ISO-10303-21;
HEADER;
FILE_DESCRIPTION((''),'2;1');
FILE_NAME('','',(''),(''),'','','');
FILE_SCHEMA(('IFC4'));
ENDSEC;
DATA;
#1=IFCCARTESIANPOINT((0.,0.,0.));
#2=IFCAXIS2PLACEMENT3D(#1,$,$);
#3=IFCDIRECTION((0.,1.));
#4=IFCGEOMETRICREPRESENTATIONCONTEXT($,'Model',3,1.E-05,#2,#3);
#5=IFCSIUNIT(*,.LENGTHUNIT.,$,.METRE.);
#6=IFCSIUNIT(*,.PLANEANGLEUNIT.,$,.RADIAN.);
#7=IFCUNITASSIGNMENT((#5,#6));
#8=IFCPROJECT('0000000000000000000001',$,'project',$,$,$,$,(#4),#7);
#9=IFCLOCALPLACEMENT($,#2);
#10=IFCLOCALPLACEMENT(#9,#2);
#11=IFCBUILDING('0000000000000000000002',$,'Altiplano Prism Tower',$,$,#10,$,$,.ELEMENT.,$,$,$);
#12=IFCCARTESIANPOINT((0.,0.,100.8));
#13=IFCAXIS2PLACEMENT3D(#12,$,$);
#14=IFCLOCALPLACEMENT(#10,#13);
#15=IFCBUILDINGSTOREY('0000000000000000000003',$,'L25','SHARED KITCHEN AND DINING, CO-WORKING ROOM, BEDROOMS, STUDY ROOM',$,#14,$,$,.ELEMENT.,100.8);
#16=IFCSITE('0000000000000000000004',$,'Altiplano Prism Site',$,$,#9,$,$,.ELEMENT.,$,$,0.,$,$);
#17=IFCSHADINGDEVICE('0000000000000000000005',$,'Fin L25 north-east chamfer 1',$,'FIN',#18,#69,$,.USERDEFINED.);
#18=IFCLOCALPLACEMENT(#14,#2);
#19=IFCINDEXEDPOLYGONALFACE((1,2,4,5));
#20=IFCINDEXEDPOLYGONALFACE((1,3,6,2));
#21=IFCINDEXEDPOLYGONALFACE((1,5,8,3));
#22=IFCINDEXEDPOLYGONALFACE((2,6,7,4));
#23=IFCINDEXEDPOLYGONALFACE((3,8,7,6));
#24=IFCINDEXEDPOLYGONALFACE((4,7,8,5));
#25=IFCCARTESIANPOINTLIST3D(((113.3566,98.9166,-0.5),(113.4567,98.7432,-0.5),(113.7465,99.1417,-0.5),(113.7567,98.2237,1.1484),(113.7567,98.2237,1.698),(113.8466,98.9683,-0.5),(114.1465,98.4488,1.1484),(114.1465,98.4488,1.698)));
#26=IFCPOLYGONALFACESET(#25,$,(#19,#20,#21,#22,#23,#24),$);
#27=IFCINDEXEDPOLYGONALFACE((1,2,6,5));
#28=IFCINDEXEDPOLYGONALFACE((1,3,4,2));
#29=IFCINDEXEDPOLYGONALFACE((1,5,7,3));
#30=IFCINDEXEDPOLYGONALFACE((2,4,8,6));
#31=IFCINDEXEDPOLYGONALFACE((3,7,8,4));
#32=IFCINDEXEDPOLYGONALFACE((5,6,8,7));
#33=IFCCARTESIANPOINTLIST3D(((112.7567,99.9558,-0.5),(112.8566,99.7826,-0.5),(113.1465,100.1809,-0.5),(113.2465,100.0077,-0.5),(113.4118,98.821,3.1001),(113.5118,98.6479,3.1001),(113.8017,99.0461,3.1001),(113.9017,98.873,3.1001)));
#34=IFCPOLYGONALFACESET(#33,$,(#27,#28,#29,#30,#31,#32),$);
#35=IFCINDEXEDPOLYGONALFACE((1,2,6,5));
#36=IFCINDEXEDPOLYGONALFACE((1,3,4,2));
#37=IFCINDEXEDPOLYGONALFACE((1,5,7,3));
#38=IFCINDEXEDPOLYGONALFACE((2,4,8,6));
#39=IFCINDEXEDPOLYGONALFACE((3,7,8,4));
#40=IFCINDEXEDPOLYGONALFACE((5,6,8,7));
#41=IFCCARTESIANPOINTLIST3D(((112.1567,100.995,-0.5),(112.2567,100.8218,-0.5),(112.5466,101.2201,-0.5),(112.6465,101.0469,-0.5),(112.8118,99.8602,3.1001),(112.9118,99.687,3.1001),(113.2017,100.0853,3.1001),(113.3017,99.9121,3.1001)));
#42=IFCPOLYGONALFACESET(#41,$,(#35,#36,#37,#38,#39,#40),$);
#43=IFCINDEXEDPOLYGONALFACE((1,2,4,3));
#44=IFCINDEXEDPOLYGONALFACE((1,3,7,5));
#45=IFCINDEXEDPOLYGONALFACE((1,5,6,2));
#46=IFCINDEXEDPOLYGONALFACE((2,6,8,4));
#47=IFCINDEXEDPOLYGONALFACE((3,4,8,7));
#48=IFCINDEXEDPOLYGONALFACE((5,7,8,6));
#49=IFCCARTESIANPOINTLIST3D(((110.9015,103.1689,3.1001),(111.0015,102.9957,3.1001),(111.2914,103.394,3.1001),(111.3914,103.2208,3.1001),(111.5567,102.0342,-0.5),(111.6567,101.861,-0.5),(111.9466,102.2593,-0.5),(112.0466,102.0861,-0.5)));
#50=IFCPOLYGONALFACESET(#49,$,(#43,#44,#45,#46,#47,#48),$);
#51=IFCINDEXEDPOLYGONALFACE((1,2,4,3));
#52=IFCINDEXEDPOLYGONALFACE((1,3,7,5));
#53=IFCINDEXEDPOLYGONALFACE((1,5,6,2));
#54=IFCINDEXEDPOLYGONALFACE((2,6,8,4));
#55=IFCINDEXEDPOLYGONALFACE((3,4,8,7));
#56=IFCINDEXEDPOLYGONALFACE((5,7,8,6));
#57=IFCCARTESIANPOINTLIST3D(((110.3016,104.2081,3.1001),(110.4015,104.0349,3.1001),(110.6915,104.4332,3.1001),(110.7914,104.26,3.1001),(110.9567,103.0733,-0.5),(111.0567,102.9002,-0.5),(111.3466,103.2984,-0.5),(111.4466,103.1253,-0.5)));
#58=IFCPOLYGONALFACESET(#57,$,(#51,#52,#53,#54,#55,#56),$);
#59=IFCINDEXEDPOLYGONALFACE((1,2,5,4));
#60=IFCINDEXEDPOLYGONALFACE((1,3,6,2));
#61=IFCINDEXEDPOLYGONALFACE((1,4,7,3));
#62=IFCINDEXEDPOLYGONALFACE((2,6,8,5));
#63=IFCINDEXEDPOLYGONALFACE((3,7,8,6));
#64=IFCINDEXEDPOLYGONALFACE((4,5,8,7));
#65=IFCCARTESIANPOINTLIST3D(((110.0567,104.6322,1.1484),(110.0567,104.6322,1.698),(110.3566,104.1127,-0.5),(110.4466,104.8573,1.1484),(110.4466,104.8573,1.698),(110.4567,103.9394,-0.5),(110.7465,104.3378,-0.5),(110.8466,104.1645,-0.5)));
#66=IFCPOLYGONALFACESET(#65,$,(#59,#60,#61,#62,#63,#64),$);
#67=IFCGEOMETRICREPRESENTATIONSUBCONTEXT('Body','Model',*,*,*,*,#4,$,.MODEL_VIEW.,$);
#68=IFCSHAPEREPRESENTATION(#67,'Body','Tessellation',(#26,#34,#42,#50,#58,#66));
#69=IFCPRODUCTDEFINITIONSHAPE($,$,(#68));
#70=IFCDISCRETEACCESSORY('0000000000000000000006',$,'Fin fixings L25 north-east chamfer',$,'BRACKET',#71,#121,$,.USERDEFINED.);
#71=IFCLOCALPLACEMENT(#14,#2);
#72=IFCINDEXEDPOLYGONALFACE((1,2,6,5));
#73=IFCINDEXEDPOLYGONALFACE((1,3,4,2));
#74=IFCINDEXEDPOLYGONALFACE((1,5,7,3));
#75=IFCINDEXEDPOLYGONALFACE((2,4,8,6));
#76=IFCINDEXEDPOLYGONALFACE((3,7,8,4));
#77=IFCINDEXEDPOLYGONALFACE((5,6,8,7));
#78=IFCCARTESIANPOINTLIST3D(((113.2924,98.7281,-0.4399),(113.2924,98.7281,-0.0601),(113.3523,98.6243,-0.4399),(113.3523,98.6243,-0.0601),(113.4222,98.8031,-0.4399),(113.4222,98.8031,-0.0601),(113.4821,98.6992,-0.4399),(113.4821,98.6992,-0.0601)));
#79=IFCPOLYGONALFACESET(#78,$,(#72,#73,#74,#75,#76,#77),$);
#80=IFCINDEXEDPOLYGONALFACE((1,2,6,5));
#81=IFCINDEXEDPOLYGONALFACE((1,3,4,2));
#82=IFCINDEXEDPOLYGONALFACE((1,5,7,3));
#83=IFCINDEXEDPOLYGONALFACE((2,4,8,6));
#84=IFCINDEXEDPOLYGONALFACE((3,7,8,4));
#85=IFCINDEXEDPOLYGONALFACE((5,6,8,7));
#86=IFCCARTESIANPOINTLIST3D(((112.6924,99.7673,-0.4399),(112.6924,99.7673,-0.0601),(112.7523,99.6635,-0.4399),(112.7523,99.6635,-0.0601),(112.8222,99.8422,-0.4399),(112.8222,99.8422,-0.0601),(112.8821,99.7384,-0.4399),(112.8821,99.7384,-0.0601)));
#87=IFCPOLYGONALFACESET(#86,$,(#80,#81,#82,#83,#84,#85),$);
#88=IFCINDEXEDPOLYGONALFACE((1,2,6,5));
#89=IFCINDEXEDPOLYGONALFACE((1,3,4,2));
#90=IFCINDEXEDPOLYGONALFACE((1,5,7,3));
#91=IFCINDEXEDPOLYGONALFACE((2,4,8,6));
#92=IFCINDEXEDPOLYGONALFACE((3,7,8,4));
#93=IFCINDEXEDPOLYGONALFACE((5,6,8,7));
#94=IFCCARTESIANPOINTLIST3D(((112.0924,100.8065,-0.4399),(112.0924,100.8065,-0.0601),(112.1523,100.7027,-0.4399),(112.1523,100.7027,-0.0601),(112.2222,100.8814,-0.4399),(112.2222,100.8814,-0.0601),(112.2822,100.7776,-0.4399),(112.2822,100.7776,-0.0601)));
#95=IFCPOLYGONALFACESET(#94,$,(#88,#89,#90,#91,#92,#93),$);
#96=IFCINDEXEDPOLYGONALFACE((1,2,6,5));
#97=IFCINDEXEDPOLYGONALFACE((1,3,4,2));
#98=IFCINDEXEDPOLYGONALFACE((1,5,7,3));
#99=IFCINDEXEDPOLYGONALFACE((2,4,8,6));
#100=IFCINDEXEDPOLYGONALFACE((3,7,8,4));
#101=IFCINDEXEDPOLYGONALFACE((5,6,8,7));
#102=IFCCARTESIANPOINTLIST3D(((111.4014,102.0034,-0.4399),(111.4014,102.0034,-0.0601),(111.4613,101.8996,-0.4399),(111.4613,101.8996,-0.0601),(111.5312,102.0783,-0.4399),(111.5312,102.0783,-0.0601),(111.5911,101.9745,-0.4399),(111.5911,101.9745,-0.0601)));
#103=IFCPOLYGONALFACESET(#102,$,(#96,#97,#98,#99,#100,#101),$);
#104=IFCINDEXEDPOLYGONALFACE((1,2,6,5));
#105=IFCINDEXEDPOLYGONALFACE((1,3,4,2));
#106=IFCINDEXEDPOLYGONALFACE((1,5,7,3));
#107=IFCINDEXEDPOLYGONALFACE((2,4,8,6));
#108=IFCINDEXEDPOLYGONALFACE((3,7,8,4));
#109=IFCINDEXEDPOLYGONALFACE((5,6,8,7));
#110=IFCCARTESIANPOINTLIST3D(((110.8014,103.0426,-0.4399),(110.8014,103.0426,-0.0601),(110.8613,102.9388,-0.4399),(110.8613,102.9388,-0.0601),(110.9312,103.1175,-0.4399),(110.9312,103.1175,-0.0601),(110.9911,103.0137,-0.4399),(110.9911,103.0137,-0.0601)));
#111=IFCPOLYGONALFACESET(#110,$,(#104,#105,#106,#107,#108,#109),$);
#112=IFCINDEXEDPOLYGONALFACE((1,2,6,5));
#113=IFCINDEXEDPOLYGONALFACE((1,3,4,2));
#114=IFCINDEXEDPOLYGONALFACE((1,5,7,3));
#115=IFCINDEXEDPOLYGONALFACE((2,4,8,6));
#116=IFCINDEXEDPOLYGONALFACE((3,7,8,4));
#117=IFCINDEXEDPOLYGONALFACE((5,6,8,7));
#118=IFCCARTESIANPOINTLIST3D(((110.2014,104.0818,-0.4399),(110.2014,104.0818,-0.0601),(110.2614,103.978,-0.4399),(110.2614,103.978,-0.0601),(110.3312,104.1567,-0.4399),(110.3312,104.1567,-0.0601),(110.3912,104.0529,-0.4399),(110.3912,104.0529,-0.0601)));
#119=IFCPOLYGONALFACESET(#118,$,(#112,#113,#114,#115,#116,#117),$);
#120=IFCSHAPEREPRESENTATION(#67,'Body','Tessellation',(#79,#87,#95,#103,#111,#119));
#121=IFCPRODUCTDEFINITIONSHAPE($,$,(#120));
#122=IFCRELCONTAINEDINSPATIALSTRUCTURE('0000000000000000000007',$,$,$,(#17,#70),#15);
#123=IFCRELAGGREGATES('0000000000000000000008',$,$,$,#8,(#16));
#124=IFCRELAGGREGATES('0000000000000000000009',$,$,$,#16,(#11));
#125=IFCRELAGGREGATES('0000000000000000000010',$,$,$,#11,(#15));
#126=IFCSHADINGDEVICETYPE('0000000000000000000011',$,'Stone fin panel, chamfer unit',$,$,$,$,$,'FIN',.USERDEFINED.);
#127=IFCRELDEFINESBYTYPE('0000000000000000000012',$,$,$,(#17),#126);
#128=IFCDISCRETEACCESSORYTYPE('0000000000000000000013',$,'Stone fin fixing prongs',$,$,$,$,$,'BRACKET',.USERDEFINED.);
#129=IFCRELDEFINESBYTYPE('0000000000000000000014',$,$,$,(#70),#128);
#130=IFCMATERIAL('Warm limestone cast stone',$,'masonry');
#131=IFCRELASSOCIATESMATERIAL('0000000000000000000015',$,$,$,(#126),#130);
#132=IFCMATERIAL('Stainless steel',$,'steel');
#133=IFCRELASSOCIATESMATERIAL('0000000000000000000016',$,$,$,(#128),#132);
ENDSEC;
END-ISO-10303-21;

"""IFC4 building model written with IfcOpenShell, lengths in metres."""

from ifc_helpers import new_model, si_unit, direction, frame, origin, place, context, subcontext, project, spatial, polyline, outline, extrude, source, transform, mapped, material, type_object, element, save


model = new_model("IFC4")

# Units and contexts
model_context = context("Model", 3, precision=1e-05, world=origin(), true_north=direction((0.0, 1.0)))
body_context = subcontext(model_context, "Body", "Model", "MODEL_VIEW")
ifc_project = project(units=[si_unit("LENGTHUNIT", "METRE"), si_unit("PLANEANGLEUNIT", "RADIAN")], contexts=[model_context])

# Site, building, storey
site_placement = place(None, origin())
site = spatial("IfcSite", under=ifc_project, at=site_placement, Name="Altiplano Prism Site", CompositionType="ELEMENT", RefElevation=0.0)
building_placement = place(site_placement, origin())
building = spatial("IfcBuilding", under=site, at=building_placement, Name="Altiplano Prism Tower", CompositionType="ELEMENT")
storey_placement = place(building_placement, frame((0.0, 0.0, 100.8)))
storey = spatial("IfcBuildingStorey", under=building, at=storey_placement, Name="L25", Description="SHARED KITCHEN AND DINING, CO-WORKING ROOM, BEDROOMS, STUDY ROOM", CompositionType="ELEMENT", Elevation=100.8)

# Shading device
ifc_material_1 = material(Name="Warm limestone cast stone", Category="masonry")
shading_device_type_1 = type_object("IfcShadingDeviceType", Name="Stone fin panel, chamfer unit", ElementType="FIN", PredefinedType="USERDEFINED", material=ifc_material_1)
shared_shape_1 = source(origin(), body_context, "Body", "SweptSolid", [
    extrude(outline(polyline([(-3.7, 2.198), (-3.7, 1.6484), (-3.1001, 0.0), (-2.8999, 0.0), (-3.7, 2.198)])), frame((0.0, -0.1499, 0.0), z_axis=(0.0, -1.0, 0.0), x_axis=(1.0, 0.0, 0.0)), (0.0, 0.0, 1.0), 0.4502),
    extrude(outline(polyline([(-3.2102, 3.6001), (-1.8999, 0.0), (-1.7, 0.0), (-3.0103, 3.6001), (-3.2102, 3.6001)])), frame((0.0, -0.1499, 0.0), z_axis=(0.0, -1.0, 0.0), x_axis=(1.0, 0.0, 0.0)), (0.0, 0.0, 1.0), 0.4502),
    extrude(outline(polyline([(-2.0103, 3.6001), (-0.7, 0.0), (-0.5, 0.0), (-1.8103, 3.6001), (-2.0103, 3.6001)])), frame((0.0, -0.1499, 0.0), z_axis=(0.0, -1.0, 0.0), x_axis=(1.0, 0.0, 0.0)), (0.0, 0.0, 1.0), 0.4502),
    extrude(outline(polyline([(1.8103, 3.6001), (0.5, 0.0), (0.7, 0.0), (2.0103, 3.6001), (1.8103, 3.6001)])), frame((0.0, -0.1499, 0.0), z_axis=(0.0, -1.0, 0.0), x_axis=(1.0, 0.0, 0.0)), (0.0, 0.0, 1.0), 0.4502),
    extrude(outline(polyline([(3.0103, 3.6001), (1.7, 0.0), (1.8999, 0.0), (3.2102, 3.6001), (3.0103, 3.6001)])), frame((0.0, -0.1499, 0.0), z_axis=(0.0, -1.0, 0.0), x_axis=(1.0, 0.0, 0.0)), (0.0, 0.0, 1.0), 0.4502),
    extrude(outline(polyline([(3.7, 1.6484), (3.7, 2.198), (2.8999, 0.0), (3.1001, 0.0), (3.7, 1.6484)])), frame((0.0, -0.1499, 0.0), z_axis=(0.0, -1.0, 0.0), x_axis=(1.0, 0.0, 0.0)), (0.0, 0.0, 1.0), 0.4502),
])
shading_device_1_placement = place(storey_placement, origin())
element("IfcShadingDevice", 1, at=shading_device_1_placement, inside=storey, type_object=shading_device_type_1, Name="Fin L25 north-east chamfer 1", ObjectType="FIN", PredefinedType="USERDEFINED", context=body_context, shape_type="MappedRepresentation", body=[
    mapped(shared_shape_1, transform((111.7769, 101.353, -0.5), x_axis=(-0.5, 0.866025, 0.0), y_axis=(-0.866025, -0.5, 0.0), z_axis=(0.0, 0.0, 1.0))),
])

# Discrete accessory
ifc_material_2 = material(Name="Stainless steel", Category="steel")
discrete_accessory_type = type_object("IfcDiscreteAccessoryType", Name="Stone fin fixing prongs", ElementType="BRACKET", PredefinedType="USERDEFINED", material=ifc_material_2)
shared_shape_2 = source(origin(), body_context, "Body", "SweptSolid", [
    extrude(outline(polyline([(-3.1509, 0.0601), (-3.031, 0.0601), (-3.031, 0.4399), (-3.1509, 0.4399), (-3.1509, 0.0601)])), frame((0.0, 0.0, 0.0), z_axis=(0.0, -1.0, 0.0), x_axis=(1.0, 0.0, 0.0)), (0.0, 0.0, 1.0), 0.1499),
    extrude(outline(polyline([(-1.9509, 0.0601), (-1.8311, 0.0601), (-1.8311, 0.4399), (-1.9509, 0.4399), (-1.9509, 0.0601)])), frame((0.0, 0.0, 0.0), z_axis=(0.0, -1.0, 0.0), x_axis=(1.0, 0.0, 0.0)), (0.0, 0.0, 1.0), 0.1499),
    extrude(outline(polyline([(-0.751, 0.0601), (-0.6311, 0.0601), (-0.6311, 0.4399), (-0.751, 0.4399), (-0.751, 0.0601)])), frame((0.0, 0.0, 0.0), z_axis=(0.0, -1.0, 0.0), x_axis=(1.0, 0.0, 0.0)), (0.0, 0.0, 1.0), 0.1499),
    extrude(outline(polyline([(0.6311, 0.0601), (0.751, 0.0601), (0.751, 0.4399), (0.6311, 0.4399), (0.6311, 0.0601)])), frame((0.0, 0.0, 0.0), z_axis=(0.0, -1.0, 0.0), x_axis=(1.0, 0.0, 0.0)), (0.0, 0.0, 1.0), 0.1499),
    extrude(outline(polyline([(1.8311, 0.0601), (1.9509, 0.0601), (1.9509, 0.4399), (1.8311, 0.4399), (1.8311, 0.0601)])), frame((0.0, 0.0, 0.0), z_axis=(0.0, -1.0, 0.0), x_axis=(1.0, 0.0, 0.0)), (0.0, 0.0, 1.0), 0.1499),
    extrude(outline(polyline([(3.031, 0.0601), (3.1509, 0.0601), (3.1509, 0.4399), (3.031, 0.4399), (3.031, 0.0601)])), frame((0.0, 0.0, 0.0), z_axis=(0.0, -1.0, 0.0), x_axis=(1.0, 0.0, 0.0)), (0.0, 0.0, 1.0), 0.1499),
])
discrete_accessory_1_placement = place(storey_placement, origin())
element("IfcDiscreteAccessory", 2, at=discrete_accessory_1_placement, inside=storey, type_object=discrete_accessory_type, Name="Fin fixings L25 north-east chamfer", ObjectType="BRACKET", PredefinedType="USERDEFINED", context=body_context, shape_type="MappedRepresentation", body=[
    mapped(shared_shape_2, transform((111.7769, 101.353, -0.5), x_axis=(-0.5, 0.866025, 0.0), y_axis=(-0.866025, -0.5, 0.0), z_axis=(0.0, 0.0, 1.0))),
])

save(model, "model.ifc")
